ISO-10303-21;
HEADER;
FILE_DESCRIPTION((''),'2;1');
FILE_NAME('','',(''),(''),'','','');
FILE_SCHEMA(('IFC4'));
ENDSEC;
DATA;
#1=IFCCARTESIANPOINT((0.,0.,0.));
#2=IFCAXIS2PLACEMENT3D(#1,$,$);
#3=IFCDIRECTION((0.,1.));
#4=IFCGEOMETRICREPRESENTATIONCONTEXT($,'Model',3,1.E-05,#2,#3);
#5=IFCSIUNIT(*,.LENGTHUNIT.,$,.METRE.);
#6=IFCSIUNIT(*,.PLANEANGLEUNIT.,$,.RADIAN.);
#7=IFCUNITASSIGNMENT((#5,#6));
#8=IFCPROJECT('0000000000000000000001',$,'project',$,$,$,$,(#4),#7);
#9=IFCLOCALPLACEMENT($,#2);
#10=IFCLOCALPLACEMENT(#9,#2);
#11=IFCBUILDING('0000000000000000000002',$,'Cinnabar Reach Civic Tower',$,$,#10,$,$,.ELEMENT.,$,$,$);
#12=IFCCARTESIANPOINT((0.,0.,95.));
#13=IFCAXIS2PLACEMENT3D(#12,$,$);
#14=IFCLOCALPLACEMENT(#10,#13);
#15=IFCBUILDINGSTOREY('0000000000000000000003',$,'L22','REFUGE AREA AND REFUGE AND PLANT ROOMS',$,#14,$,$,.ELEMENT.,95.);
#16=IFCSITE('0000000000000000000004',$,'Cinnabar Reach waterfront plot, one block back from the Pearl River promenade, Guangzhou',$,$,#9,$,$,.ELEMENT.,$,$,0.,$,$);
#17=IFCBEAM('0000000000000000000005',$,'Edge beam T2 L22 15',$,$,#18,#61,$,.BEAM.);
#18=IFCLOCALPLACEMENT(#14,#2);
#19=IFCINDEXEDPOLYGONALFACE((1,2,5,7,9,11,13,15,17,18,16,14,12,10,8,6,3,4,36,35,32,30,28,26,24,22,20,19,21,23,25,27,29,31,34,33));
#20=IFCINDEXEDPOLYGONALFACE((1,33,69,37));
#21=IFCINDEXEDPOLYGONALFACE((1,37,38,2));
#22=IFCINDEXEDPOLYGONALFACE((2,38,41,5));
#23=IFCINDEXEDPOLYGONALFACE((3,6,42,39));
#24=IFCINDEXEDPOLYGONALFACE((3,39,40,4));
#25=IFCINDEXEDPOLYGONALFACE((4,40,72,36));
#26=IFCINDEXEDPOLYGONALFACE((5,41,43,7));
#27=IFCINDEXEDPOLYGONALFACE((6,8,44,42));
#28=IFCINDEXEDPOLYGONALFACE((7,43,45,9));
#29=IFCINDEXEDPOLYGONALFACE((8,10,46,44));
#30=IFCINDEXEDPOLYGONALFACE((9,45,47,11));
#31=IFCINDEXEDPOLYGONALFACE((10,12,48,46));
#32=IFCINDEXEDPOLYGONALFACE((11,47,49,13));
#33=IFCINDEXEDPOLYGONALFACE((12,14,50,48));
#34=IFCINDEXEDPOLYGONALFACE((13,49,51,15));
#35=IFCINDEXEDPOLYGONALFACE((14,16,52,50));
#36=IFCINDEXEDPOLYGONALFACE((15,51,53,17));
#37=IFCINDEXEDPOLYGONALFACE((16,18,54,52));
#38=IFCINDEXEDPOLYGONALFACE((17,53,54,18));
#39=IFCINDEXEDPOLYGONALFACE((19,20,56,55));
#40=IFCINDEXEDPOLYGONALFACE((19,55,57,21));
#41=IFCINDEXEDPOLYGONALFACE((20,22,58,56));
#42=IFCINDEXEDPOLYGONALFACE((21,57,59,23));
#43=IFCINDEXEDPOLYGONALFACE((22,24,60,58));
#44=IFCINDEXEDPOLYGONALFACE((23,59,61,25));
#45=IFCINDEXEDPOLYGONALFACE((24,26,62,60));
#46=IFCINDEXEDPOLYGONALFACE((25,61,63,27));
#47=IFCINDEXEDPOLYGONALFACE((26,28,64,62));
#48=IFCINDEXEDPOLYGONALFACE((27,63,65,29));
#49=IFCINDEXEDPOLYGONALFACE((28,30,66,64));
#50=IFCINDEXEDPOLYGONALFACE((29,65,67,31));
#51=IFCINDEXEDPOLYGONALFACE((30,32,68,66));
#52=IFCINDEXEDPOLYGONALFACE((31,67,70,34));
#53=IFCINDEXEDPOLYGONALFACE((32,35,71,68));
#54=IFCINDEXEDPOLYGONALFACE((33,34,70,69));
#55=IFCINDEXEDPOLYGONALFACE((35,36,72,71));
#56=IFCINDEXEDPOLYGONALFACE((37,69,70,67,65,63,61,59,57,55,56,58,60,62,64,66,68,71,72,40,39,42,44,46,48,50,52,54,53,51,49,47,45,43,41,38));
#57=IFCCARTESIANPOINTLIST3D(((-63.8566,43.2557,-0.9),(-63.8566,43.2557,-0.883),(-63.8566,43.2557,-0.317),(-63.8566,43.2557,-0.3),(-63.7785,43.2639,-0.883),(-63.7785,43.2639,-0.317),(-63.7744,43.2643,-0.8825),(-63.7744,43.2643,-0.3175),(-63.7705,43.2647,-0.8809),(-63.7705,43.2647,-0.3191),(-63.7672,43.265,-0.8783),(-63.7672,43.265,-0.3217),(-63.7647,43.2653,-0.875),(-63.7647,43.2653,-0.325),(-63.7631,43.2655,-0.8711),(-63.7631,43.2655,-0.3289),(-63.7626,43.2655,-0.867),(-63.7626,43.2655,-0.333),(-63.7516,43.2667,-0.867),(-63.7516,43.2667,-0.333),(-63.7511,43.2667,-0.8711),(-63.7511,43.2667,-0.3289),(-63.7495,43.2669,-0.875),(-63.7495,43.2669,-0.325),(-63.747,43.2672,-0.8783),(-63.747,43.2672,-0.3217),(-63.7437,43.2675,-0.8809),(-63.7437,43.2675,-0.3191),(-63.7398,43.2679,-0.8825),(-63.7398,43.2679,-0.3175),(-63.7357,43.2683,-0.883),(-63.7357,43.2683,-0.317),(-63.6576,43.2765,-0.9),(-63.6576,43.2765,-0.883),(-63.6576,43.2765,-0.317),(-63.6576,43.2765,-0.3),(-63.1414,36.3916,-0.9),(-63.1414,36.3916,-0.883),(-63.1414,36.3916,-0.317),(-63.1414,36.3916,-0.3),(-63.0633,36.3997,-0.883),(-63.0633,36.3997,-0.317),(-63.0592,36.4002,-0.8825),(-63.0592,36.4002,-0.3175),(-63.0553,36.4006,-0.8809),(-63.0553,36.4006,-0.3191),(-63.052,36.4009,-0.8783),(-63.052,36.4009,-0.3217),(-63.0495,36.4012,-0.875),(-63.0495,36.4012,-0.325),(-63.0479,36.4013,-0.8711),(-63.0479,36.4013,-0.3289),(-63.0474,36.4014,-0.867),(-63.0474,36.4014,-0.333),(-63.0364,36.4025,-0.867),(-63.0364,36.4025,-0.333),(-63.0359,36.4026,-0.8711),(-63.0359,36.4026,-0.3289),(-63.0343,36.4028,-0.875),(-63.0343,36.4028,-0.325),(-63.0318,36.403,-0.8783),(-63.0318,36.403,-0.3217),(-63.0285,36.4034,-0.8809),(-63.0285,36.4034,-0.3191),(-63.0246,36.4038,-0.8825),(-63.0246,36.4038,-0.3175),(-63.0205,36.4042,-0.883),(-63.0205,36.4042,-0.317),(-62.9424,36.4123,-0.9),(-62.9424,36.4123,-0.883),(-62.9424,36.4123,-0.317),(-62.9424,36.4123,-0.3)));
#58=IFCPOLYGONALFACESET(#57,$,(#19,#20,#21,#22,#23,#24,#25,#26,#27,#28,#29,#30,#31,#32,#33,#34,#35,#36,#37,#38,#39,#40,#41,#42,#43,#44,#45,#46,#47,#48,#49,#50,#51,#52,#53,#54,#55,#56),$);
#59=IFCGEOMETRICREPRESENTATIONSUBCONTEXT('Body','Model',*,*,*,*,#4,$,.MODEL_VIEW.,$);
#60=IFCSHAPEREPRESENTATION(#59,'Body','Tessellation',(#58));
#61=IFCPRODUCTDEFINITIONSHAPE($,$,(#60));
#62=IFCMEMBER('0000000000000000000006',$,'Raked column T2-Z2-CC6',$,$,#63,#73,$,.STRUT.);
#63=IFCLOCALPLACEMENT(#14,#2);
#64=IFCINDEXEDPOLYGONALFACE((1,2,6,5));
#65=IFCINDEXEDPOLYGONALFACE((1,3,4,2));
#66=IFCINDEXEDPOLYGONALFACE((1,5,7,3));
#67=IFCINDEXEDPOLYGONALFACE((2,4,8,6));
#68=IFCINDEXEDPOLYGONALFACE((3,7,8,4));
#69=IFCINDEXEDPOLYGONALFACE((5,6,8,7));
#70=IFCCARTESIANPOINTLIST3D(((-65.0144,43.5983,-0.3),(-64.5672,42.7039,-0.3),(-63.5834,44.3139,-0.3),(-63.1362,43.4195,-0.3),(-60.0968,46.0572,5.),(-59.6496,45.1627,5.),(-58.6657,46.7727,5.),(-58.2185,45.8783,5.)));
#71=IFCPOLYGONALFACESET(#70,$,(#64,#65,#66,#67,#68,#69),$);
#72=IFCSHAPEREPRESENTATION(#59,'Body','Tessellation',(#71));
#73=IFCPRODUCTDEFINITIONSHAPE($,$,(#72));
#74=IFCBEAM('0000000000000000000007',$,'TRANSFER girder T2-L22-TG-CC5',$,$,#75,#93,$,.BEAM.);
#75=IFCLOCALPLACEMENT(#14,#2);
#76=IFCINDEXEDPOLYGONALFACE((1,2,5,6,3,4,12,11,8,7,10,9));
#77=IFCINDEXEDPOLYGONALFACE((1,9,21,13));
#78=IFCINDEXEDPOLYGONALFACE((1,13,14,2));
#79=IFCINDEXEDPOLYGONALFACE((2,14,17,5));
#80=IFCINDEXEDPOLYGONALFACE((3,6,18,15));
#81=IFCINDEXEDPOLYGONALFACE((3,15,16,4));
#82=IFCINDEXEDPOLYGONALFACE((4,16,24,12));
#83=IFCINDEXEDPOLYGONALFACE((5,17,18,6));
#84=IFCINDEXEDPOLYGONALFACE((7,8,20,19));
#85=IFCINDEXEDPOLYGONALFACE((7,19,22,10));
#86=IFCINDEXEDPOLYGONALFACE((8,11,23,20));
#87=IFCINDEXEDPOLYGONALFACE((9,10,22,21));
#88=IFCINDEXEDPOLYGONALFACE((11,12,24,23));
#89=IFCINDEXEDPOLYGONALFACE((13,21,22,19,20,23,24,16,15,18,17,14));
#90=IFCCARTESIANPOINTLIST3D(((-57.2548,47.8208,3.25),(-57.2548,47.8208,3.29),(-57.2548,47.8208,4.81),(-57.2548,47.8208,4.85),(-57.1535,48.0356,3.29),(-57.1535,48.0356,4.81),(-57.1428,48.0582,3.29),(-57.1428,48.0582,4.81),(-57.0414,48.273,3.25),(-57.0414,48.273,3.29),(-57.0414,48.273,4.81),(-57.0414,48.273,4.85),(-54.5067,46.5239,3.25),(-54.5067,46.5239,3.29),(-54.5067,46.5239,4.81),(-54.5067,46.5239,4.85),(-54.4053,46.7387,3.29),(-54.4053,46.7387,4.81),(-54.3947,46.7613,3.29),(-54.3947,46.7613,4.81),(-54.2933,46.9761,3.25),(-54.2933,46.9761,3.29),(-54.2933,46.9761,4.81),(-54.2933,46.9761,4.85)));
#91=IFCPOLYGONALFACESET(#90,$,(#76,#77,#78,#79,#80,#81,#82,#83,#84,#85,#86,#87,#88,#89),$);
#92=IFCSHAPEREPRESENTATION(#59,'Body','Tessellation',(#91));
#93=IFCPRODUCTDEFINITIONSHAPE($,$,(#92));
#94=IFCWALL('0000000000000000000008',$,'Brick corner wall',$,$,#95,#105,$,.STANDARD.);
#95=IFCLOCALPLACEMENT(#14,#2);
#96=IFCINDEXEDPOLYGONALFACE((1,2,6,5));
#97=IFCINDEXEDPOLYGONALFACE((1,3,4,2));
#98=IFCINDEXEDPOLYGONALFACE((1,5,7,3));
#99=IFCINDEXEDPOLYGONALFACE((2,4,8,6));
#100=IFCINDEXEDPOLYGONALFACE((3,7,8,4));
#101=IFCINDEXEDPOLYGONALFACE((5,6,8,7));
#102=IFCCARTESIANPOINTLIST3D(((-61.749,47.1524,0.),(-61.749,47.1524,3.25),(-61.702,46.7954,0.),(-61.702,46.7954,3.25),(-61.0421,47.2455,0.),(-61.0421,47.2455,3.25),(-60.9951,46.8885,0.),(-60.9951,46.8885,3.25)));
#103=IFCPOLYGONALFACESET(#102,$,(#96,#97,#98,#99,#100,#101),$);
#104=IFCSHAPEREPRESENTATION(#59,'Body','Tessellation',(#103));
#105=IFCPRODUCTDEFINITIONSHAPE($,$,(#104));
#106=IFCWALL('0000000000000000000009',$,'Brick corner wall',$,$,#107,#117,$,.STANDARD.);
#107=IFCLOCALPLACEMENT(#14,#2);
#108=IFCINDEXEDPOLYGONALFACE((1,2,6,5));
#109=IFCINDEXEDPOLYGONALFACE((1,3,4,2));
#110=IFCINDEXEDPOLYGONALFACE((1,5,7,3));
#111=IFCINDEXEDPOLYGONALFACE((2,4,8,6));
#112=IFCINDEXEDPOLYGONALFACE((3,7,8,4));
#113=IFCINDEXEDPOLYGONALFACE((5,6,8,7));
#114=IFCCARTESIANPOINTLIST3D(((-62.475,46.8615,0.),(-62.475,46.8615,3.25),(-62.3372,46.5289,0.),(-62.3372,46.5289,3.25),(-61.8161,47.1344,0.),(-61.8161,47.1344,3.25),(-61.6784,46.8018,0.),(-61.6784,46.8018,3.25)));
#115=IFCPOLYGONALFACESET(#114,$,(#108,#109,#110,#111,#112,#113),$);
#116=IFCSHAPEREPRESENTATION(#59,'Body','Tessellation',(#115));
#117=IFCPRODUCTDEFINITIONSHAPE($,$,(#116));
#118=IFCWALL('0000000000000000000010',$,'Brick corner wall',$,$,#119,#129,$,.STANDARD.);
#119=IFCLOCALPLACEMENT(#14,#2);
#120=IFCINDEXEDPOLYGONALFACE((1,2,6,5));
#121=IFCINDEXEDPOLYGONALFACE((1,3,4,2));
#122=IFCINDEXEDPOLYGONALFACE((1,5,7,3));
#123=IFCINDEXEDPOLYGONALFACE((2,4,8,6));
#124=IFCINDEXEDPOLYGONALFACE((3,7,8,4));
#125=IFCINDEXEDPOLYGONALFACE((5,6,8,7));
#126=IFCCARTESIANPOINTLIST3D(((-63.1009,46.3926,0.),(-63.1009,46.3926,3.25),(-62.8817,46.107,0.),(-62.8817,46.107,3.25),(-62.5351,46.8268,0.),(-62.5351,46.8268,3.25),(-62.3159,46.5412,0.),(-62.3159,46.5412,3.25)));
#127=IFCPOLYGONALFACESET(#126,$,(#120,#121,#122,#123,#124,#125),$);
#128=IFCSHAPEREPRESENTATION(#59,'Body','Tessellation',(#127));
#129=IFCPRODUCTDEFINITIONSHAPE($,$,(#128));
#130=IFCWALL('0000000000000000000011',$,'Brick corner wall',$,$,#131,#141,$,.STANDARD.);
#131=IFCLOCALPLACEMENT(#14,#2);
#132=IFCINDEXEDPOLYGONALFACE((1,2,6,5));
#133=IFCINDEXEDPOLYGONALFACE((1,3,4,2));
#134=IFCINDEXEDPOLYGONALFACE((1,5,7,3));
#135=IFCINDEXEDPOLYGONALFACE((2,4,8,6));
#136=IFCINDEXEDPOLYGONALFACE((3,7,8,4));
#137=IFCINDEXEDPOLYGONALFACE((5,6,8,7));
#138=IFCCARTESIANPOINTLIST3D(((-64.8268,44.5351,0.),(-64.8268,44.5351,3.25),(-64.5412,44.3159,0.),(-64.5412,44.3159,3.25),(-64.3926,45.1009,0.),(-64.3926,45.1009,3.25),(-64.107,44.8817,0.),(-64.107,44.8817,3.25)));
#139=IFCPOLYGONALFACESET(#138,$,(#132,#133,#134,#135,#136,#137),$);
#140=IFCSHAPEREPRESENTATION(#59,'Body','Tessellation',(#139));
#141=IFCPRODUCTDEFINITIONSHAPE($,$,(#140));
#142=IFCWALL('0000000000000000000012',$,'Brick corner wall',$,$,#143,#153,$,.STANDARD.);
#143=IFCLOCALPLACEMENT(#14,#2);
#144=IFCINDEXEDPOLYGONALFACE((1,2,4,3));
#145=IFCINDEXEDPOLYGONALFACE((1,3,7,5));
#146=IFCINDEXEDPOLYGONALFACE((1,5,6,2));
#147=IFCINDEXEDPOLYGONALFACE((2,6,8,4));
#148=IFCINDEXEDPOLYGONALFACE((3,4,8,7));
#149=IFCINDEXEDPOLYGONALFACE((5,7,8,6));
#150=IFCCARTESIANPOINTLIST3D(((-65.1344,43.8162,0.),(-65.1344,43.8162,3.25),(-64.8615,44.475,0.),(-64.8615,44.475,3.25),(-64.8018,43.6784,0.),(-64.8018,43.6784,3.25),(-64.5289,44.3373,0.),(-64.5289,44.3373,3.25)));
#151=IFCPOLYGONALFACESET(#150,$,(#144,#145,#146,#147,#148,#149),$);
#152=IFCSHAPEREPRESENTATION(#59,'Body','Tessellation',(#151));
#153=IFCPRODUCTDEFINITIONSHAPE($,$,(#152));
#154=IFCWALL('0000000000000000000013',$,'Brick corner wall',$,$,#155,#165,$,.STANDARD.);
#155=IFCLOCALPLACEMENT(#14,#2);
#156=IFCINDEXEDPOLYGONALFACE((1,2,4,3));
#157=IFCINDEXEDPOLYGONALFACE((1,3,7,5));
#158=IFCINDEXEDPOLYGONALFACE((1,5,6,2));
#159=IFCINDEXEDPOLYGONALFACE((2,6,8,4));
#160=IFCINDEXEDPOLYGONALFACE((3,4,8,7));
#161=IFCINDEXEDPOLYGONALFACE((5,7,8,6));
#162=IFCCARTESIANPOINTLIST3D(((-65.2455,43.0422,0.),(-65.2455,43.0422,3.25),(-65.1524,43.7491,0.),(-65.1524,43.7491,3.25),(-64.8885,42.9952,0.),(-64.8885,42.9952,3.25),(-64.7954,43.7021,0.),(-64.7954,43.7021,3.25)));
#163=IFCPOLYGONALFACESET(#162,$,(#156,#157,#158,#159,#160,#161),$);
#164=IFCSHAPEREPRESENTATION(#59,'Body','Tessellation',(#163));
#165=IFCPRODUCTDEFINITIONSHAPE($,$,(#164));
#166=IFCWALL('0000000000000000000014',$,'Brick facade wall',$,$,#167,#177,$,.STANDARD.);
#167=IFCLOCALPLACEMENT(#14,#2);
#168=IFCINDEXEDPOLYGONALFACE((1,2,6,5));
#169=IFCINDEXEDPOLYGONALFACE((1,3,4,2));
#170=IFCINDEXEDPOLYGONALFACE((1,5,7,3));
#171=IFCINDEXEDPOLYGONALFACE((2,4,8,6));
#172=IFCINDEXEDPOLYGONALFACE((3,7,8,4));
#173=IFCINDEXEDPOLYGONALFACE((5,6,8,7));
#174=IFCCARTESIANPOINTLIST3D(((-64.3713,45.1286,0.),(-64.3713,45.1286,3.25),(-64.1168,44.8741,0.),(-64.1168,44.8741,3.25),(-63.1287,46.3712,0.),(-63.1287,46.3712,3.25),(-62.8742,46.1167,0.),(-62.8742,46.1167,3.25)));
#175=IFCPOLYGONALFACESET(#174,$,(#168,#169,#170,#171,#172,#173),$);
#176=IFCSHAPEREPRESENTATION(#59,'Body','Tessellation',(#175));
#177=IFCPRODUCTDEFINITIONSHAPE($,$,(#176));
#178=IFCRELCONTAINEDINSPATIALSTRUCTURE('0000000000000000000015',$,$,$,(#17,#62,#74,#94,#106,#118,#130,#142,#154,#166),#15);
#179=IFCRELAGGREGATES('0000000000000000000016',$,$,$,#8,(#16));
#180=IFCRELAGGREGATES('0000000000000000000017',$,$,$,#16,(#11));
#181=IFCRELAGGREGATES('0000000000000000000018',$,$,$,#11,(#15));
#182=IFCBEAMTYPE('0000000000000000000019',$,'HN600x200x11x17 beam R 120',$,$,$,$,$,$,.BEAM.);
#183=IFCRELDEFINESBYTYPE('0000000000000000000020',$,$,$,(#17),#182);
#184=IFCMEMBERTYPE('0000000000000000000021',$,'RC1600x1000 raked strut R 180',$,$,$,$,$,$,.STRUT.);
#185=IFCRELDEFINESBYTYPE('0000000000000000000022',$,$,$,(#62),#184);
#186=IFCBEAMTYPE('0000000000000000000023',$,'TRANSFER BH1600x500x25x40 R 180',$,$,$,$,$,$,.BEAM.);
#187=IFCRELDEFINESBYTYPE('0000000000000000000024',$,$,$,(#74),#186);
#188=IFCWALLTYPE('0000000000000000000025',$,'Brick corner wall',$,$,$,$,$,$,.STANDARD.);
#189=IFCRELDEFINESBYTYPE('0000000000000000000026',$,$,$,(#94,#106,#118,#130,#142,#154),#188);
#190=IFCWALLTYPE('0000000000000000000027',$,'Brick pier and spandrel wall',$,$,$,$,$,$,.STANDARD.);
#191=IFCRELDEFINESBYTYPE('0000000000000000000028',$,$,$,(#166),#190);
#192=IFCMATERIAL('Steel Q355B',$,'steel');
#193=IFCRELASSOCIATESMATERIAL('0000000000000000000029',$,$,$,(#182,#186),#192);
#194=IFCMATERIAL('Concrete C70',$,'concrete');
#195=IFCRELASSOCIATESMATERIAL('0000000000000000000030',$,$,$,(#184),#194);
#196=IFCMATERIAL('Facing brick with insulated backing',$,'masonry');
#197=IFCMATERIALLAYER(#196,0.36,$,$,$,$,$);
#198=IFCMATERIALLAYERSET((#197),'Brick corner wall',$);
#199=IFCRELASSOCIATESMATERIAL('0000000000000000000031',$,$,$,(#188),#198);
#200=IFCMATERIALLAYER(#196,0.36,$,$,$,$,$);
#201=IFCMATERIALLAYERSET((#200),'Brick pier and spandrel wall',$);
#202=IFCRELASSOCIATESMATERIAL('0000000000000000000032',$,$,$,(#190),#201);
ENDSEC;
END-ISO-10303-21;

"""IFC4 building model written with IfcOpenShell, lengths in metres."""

from ifc_helpers import new_model, si_unit, direction, frame, frame_2d, origin, origin_2d, place, context, subcontext, project, spatial, rectangle, i_section, extrude, material, layer, layer_set, material_profile, profile_set, type_object, element, save


model = new_model("IFC4")

# Units and contexts
model_context = context("Model", 3, precision=1e-05, world=origin(), true_north=direction((0.0, 1.0)))
body_context = subcontext(model_context, "Body", "Model", "MODEL_VIEW")
ifc_project = project(units=[si_unit("LENGTHUNIT", "METRE"), si_unit("PLANEANGLEUNIT", "RADIAN")], contexts=[model_context])

# Site, building, storey
site_placement = place(None, origin())
site = spatial("IfcSite", under=ifc_project, at=site_placement, Name="Cinnabar Reach waterfront plot, one block back from the Pearl River promenade, Guangzhou", CompositionType="ELEMENT", RefElevation=0.0)
building_placement = place(site_placement, origin())
building = spatial("IfcBuilding", under=site, at=building_placement, Name="Cinnabar Reach Civic Tower", CompositionType="ELEMENT")
storey_placement = place(building_placement, frame((0.0, 0.0, 95.0)))
storey = spatial("IfcBuildingStorey", under=building, at=storey_placement, Name="L22", Description="REFUGE AREA AND REFUGE AND PLANT ROOMS", CompositionType="ELEMENT", Elevation=95.0)

# Shared definitions
ifc_material_1 = material(Name="Concrete C70", Category="concrete")

# Beam
ifc_material_2 = material(Name="Steel Q355B", Category="steel")
ifc_material_profile_1 = material_profile(ifc_material_2, i_section(OverallWidth=0.2, OverallDepth=0.6, WebThickness=0.011, FlangeThickness=0.017, FilletRadius=0.016, at=origin_2d()), Name="HN600x200x11x17")
ifc_profile_set_1 = profile_set([ifc_material_profile_1], Name="Steel Q355B")
beam_type_1 = type_object("IfcBeamType", Name="HN600x200x11x17 beam R 120", PredefinedType="BEAM", material=ifc_profile_set_1)
beam_1_placement = place(storey_placement, frame((-63.7571, 43.2661, -0.6), z_axis=(0.103633, -0.994616, 0.0), x_axis=(0.994616, 0.103633, 0.0)))
element("IfcBeam", 1, at=beam_1_placement, inside=storey, type_object=beam_type_1, Name="Edge beam T2 L22 15", PredefinedType="BEAM", context=body_context, shape_type="SweptSolid", body=[
    extrude(i_section(OverallWidth=0.2, OverallDepth=0.6, WebThickness=0.011, FlangeThickness=0.017, FilletRadius=0.016, at=origin_2d()), origin(), (0.0, 0.0, 1.0), 6.9013),
])

# Member
ifc_material_profile_2 = material_profile(ifc_material_1, rectangle(XDim=1.6, YDim=1.0, at=origin_2d()), Name="RC1600x1000")
ifc_profile_set_2 = profile_set([ifc_material_profile_2], Name="Concrete C70")
member_type = type_object("IfcMemberType", Name="RC1600x1000 raked strut R 180", PredefinedType="STRUT", material=ifc_profile_set_2)
member_placement = place(storey_placement, frame((-64.0753, 43.5089, -0.3), z_axis=(0.0, 0.0, 1.0), x_axis=(0.894428, 0.447213, 0.0)))
element("IfcMember", 2, at=member_placement, inside=storey, type_object=member_type, Name="Raked column T2-Z2-CC6", PredefinedType="STRUT", context=body_context, shape_type="SweptSolid", body=[
    extrude(rectangle(XDim=1.6, YDim=1.0, at=origin_2d()), origin(), (0.719955, 0.000001, 0.694021), 7.6367),
])

# Beam
ifc_material_profile_3 = material_profile(ifc_material_2, i_section(OverallWidth=0.5, OverallDepth=1.6, WebThickness=0.025, FlangeThickness=0.04, at=origin_2d()), Name="BH1600x500x25x40")
ifc_profile_set_3 = profile_set([ifc_material_profile_3], Name="Steel Q355B")
beam_type_2 = type_object("IfcBeamType", Name="TRANSFER BH1600x500x25x40 R 180", PredefinedType="BEAM", material=ifc_profile_set_3)
beam_2_placement = place(storey_placement, frame((-54.4, 46.75, 4.05), z_axis=(-0.904352, 0.426787, 0.0), x_axis=(-0.426787, -0.904352, 0.0)))
element("IfcBeam", 3, at=beam_2_placement, inside=storey, type_object=beam_type_2, Name="TRANSFER girder T2-L22-TG-CC5", PredefinedType="BEAM", context=body_context, shape_type="SweptSolid", body=[
    extrude(i_section(OverallWidth=0.5, OverallDepth=1.6, WebThickness=0.025, FlangeThickness=0.04, at=origin_2d()), origin(), (0.0, 0.0, 1.0), 3.0388),
])

# Walls
ifc_material_3 = material(Name="Facing brick with insulated backing", Category="masonry")
ifc_layer_1 = layer(ifc_material_3, 0.36)
ifc_layer_set_1 = layer_set([ifc_layer_1], Name="Brick corner wall")
wall_type_1 = type_object("IfcWallType", Name="Brick corner wall", PredefinedType="STANDARD", material=ifc_layer_set_1)
for number, where, z_axis, x_axis, name in (
    (4, (-61.0186, 47.067, 0.0), (0.0, 0.0, 1.0), (-0.991441, -0.130556, 0.0), "Brick corner wall"),
    (5, (-61.7473, 46.9681, 0.0), (0.0, 0.0, 1.0), (-0.923872, -0.382703, 0.0), "Brick corner wall"),
):
    element("IfcWall", number, at=place(storey_placement, frame(where, z_axis=z_axis, x_axis=x_axis)), inside=storey, type_object=wall_type_1, Name=name, PredefinedType="STANDARD", context=body_context, shape_type="SweptSolid", body=[
        extrude(rectangle(XDim=0.7131, YDim=0.36, at=frame_2d((0.3565, 0.0))), origin(), (0.0, 0.0, 1.0), 3.25),
    ])
for number, where, z_axis, x_axis, name in (
    (6, (-62.4255, 46.684, 0.0), (0.0, 0.0, 1.0), (-0.793322, -0.608802, 0.0), "Brick corner wall"),
    (7, (-64.2498, 44.9913, 0.0), (0.0, 0.0, 1.0), (-0.608802, -0.793322, 0.0), "Brick corner wall"),
):
    element("IfcWall", number, at=place(storey_placement, frame(where, z_axis=z_axis, x_axis=x_axis)), inside=storey, type_object=wall_type_1, Name=name, PredefinedType="STANDARD", context=body_context, shape_type="SweptSolid", body=[
        extrude(rectangle(XDim=0.7132, YDim=0.36, at=frame_2d((0.3566, 0.0))), origin(), (0.0, 0.0, 1.0), 3.25),
    ])
for number, where, z_axis, x_axis, name in (
    (8, (-64.6952, 44.4061, 0.0), (0.0, 0.0, 1.0), (-0.382703, -0.923872, 0.0), "Brick corner wall"),
    (9, (-64.9739, 43.7256, 0.0), (0.0, 0.0, 1.0), (-0.130556, -0.991441, 0.0), "Brick corner wall"),
):
    element("IfcWall", number, at=place(storey_placement, frame(where, z_axis=z_axis, x_axis=x_axis)), inside=storey, type_object=wall_type_1, Name=name, PredefinedType="STANDARD", context=body_context, shape_type="SweptSolid", body=[
        extrude(rectangle(XDim=0.7131, YDim=0.36, at=frame_2d((0.3565, 0.0))), origin(), (0.0, 0.0, 1.0), 3.25),
    ])
ifc_layer_2 = layer(ifc_material_3, 0.36)
ifc_layer_set_2 = layer_set([ifc_layer_2], Name="Brick pier and spandrel wall")
wall_type_2 = type_object("IfcWallType", Name="Brick pier and spandrel wall", PredefinedType="STANDARD", material=ifc_layer_set_2)
wall_1_placement = place(storey_placement, frame((-63.0014, 46.244, 0.0), z_axis=(0.0, 0.0, 1.0), x_axis=(-0.707107, -0.707107, 0.0)))
element("IfcWall", 10, at=wall_1_placement, inside=storey, type_object=wall_type_2, Name="Brick facade wall", PredefinedType="STANDARD", context=body_context, shape_type="SweptSolid", body=[
    extrude(rectangle(XDim=1.7573, YDim=0.36, at=frame_2d((0.8787, 0.0))), origin(), (0.0, 0.0, 1.0), 3.25),
])

save(model, "model.ifc")
